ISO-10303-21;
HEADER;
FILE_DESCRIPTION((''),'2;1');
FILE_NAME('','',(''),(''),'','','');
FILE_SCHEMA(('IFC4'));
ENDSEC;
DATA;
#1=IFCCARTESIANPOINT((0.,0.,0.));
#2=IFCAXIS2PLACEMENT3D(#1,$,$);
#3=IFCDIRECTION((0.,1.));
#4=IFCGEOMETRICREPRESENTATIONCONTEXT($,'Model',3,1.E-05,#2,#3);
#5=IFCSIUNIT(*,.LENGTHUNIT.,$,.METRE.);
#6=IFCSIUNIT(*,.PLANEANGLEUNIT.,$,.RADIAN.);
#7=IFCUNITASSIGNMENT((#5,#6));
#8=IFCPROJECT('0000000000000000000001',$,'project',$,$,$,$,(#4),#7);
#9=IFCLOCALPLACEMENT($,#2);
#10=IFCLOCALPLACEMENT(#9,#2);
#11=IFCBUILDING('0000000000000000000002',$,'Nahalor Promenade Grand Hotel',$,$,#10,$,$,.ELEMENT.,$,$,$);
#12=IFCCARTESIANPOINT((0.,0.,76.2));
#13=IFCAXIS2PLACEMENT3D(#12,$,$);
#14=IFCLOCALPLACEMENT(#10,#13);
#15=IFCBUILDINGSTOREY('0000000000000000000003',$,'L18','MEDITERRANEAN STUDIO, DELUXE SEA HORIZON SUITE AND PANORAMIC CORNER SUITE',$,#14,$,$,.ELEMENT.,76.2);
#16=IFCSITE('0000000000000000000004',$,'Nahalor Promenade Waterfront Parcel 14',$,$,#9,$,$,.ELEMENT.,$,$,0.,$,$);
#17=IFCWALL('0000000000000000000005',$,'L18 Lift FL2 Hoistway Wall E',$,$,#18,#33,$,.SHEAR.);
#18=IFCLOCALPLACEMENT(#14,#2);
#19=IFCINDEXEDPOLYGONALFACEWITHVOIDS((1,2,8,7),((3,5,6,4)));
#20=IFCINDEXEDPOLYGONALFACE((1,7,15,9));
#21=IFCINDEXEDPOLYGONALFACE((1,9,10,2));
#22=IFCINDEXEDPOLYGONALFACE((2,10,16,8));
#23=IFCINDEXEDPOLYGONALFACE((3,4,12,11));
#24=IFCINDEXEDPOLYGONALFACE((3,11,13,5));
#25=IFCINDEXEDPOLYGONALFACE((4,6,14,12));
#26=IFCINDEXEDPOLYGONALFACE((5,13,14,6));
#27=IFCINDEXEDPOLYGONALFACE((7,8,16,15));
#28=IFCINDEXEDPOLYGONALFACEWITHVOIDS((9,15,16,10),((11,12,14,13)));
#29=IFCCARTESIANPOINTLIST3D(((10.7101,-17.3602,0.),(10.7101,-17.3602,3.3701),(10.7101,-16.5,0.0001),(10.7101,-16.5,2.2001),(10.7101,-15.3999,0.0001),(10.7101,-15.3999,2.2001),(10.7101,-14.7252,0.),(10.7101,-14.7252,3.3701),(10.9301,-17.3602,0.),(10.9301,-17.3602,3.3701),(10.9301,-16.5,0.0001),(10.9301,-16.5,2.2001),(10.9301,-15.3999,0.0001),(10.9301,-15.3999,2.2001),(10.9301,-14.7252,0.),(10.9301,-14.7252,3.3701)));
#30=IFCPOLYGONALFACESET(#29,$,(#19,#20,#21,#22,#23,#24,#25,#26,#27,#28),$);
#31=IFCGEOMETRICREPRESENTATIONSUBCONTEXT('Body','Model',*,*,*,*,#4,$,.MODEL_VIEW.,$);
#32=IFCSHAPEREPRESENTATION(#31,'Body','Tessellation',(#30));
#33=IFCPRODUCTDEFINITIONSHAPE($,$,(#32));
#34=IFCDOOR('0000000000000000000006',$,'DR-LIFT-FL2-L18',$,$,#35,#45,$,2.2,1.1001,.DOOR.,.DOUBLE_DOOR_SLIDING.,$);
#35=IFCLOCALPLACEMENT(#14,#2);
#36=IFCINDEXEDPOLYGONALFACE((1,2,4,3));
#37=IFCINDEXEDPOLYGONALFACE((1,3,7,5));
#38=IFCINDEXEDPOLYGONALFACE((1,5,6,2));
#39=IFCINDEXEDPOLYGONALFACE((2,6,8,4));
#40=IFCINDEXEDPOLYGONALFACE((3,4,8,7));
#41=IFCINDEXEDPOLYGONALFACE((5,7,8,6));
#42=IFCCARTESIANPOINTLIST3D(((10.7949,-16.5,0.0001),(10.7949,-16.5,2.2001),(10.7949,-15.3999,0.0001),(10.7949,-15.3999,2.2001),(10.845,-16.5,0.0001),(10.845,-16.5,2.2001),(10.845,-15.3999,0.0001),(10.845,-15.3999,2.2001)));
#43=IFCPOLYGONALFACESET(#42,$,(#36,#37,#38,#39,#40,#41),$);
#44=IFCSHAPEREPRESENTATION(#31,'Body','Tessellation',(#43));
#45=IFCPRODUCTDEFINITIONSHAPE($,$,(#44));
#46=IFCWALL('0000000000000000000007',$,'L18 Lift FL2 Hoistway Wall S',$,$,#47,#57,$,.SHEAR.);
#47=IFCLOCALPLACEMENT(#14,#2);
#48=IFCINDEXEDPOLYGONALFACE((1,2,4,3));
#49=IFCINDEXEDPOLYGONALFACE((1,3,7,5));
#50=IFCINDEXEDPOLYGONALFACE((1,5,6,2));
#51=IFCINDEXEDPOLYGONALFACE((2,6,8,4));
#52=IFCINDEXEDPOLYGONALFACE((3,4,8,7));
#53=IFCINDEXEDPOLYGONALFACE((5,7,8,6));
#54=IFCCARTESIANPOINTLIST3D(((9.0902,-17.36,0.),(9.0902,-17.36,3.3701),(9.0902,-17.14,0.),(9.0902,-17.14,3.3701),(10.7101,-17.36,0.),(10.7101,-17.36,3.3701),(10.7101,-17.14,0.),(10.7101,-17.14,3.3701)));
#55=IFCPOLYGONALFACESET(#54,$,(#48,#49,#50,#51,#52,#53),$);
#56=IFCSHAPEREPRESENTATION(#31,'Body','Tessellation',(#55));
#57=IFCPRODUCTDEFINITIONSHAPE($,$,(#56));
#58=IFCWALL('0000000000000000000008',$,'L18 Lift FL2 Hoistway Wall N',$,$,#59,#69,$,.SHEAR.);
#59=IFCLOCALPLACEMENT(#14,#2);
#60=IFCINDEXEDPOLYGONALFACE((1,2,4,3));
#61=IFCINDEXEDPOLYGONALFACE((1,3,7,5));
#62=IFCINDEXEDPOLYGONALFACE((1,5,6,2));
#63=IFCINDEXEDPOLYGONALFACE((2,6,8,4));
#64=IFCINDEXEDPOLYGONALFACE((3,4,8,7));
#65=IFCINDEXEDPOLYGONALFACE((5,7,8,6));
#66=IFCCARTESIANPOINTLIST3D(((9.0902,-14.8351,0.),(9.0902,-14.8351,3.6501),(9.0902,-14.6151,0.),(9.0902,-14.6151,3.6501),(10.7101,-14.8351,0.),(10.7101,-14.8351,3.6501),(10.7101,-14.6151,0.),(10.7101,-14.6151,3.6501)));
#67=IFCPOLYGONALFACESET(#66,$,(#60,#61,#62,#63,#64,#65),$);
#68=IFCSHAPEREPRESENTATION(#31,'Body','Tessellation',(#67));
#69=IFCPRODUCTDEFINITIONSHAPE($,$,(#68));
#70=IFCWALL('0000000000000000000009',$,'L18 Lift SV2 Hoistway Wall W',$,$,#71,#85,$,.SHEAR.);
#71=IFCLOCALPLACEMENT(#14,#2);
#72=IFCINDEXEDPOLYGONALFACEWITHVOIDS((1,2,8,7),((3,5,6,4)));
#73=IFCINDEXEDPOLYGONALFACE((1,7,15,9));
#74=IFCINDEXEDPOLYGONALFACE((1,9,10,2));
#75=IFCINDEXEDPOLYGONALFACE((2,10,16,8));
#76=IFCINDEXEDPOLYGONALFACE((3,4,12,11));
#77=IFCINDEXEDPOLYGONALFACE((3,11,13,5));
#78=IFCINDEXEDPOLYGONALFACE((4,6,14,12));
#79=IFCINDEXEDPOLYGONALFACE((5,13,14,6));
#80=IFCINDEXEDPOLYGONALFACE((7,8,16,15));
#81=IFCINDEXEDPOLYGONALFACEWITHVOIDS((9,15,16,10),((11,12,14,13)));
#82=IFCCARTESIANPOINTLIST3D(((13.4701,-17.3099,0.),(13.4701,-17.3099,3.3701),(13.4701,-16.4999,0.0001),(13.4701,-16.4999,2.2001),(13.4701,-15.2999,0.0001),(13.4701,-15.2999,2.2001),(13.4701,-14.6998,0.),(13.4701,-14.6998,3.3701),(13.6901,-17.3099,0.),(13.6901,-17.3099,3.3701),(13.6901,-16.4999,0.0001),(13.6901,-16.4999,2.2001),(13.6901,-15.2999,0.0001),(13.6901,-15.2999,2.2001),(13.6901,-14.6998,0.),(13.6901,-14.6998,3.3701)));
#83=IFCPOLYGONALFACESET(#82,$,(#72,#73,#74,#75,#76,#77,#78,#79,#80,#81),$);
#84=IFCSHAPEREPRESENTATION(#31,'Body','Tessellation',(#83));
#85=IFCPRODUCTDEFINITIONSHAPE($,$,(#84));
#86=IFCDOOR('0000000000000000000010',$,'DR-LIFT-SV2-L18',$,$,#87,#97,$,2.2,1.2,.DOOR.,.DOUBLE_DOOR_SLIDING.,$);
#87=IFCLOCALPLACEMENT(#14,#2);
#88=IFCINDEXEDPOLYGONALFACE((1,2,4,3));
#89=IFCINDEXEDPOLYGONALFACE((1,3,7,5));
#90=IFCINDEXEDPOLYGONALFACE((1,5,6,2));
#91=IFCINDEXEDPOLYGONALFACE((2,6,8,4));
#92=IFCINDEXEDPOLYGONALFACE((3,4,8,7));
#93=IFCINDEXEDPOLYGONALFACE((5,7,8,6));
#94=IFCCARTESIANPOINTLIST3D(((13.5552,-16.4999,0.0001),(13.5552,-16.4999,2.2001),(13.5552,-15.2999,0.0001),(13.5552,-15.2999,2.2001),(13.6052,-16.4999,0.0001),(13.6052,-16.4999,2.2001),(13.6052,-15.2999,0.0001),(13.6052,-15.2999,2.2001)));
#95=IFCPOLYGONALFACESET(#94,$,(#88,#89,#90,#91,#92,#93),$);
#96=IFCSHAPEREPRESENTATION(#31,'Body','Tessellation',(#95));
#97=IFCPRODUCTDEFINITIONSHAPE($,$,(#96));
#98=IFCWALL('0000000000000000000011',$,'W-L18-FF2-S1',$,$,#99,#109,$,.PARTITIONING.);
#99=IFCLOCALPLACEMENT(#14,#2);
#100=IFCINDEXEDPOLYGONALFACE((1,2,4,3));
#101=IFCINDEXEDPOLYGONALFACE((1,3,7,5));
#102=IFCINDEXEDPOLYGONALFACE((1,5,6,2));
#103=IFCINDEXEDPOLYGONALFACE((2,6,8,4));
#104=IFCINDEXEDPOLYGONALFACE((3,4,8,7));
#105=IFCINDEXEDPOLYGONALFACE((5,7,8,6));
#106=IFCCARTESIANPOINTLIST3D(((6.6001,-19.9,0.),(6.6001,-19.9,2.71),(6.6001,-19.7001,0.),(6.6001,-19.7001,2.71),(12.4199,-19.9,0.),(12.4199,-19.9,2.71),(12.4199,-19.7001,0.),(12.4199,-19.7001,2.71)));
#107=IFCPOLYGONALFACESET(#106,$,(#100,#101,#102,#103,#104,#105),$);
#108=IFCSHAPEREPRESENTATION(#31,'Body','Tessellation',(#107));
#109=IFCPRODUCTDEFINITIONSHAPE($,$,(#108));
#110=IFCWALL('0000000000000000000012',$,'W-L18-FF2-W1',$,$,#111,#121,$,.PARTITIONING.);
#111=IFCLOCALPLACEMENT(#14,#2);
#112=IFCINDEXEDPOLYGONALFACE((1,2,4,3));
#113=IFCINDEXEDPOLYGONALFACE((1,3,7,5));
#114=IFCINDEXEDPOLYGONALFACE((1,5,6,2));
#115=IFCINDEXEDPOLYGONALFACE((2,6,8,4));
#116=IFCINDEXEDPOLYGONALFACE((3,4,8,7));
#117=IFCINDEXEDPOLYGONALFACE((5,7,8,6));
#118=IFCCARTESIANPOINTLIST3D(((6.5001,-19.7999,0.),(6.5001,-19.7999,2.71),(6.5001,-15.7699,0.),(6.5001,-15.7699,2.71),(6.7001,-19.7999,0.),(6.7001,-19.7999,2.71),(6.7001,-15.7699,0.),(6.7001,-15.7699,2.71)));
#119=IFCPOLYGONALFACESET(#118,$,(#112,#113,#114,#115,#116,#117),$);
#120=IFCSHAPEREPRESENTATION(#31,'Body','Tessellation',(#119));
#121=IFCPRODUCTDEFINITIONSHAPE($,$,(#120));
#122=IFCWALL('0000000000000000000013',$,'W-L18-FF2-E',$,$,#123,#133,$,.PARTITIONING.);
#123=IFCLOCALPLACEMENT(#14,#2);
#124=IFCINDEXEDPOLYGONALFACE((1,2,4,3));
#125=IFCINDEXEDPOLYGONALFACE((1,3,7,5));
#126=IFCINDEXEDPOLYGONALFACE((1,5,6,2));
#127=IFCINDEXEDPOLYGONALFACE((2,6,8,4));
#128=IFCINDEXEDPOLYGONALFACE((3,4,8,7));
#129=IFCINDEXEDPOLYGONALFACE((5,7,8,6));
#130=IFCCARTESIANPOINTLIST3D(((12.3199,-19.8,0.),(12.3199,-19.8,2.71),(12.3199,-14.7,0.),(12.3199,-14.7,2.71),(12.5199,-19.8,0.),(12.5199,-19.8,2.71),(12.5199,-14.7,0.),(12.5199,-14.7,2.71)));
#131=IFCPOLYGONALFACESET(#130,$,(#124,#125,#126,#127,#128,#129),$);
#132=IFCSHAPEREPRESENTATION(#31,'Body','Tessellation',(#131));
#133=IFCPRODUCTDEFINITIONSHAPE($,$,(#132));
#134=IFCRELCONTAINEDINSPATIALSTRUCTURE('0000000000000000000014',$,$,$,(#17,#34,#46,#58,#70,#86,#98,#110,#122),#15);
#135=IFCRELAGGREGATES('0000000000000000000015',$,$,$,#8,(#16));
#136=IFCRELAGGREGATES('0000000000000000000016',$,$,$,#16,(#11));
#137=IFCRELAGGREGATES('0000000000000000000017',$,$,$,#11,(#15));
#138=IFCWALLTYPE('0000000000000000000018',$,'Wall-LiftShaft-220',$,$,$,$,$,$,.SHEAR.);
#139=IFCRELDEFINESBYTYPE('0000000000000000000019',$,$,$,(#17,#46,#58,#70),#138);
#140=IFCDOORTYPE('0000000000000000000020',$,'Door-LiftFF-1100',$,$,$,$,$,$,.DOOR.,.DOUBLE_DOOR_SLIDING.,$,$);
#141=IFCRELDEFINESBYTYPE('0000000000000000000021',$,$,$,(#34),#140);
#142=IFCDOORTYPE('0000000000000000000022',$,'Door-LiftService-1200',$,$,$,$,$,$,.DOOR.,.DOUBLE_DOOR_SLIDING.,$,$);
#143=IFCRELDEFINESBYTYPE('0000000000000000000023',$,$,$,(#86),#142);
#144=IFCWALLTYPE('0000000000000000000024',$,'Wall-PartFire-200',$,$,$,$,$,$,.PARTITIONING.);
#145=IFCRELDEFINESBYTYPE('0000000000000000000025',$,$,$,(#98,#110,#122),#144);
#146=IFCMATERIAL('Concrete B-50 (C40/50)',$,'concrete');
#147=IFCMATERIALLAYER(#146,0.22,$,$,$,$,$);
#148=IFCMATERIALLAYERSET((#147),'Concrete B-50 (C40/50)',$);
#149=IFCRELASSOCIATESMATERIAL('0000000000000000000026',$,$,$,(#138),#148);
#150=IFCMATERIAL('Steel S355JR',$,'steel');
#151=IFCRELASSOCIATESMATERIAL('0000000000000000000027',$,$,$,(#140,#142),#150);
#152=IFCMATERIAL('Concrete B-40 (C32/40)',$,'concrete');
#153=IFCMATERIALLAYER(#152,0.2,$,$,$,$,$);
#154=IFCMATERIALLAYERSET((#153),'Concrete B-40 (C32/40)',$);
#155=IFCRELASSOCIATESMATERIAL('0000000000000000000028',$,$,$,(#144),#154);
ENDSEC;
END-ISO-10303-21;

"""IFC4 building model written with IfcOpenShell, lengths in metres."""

from ifc_helpers import new_model, si_unit, direction, frame, frame_2d, origin, place, context, subcontext, project, spatial, rectangle, extrude, source, transform, mapped, material, layer, layer_set, type_object, element, fill, save


model = new_model("IFC4")

# Units and contexts
model_context = context("Model", 3, precision=1e-05, world=origin(), true_north=direction((0.0, 1.0)))
body_context = subcontext(model_context, "Body", "Model", "MODEL_VIEW")
ifc_project = project(units=[si_unit("LENGTHUNIT", "METRE"), si_unit("PLANEANGLEUNIT", "RADIAN")], contexts=[model_context])

# Site, building, storey
site_placement = place(None, origin())
site = spatial("IfcSite", under=ifc_project, at=site_placement, Name="Nahalor Promenade Waterfront Parcel 14", CompositionType="ELEMENT", RefElevation=0.0)
building_placement = place(site_placement, origin())
building = spatial("IfcBuilding", under=site, at=building_placement, Name="Nahalor Promenade Grand Hotel", CompositionType="ELEMENT")
storey_placement = place(building_placement, frame((0.0, 0.0, 76.2)))
storey = spatial("IfcBuildingStorey", under=building, at=storey_placement, Name="L18", Description="MEDITERRANEAN STUDIO, DELUXE SEA HORIZON SUITE AND PANORAMIC CORNER SUITE", CompositionType="ELEMENT", Elevation=76.2)

# Shared definitions
ifc_material_1 = material(Name="Steel S355JR", Category="steel")

# Shared definitions
ifc_material_2 = material(Name="Concrete B-50 (C40/50)", Category="concrete")

# Shared definitions
ifc_layer_1 = layer(ifc_material_2, 0.22)
ifc_layer_set_1 = layer_set([ifc_layer_1], Name="Concrete B-50 (C40/50)")
wall_type_1 = type_object("IfcWallType", Name="Wall-LiftShaft-220", PredefinedType="SHEAR", material=ifc_layer_set_1)
shared_shape_1 = source(origin(), body_context, "Body", "SweptSolid", [
    extrude(rectangle(XDim=2.635, YDim=0.22, at=frame_2d((1.3174, 0.0))), origin(), (0.0, 0.0, 1.0), 3.3701),
])

# Wall, opening, door
wall_1_placement = place(storey_placement, frame((10.8201, -17.3601, 0.0), z_axis=(0.0, 0.0, 1.0), x_axis=(0.0, 1.0, 0.0)))
wall_1 = element("IfcWall", 1, at=wall_1_placement, inside=storey, type_object=wall_type_1, Name="L18 Lift FL2 Hoistway Wall E", PredefinedType="SHEAR", context=body_context, shape_type="MappedRepresentation", body=[
    mapped(shared_shape_1, transform((0.0, 0.0, 0.0), scale=1.0)),
])
opening_1_placement = place(wall_1_placement, frame((0.8601, 0.0, 0.0)))
opening_1 = element("IfcOpeningElement", 2, at=opening_1_placement, cuts=wall_1, PredefinedType="OPENING", context=body_context, shape_type="SweptSolid", body=[
    extrude(rectangle(XDim=1.1001, YDim=2.2, at=frame_2d((0.55, 1.1001))), frame((0.0, 0.1199, 0.0), z_axis=(0.0, -1.0, 0.0), x_axis=(1.0, 0.0, 0.0)), (0.0, 0.0, 1.0), 0.24),
])
door_type_1 = type_object("IfcDoorType", Name="Door-LiftFF-1100", OperationType="DOUBLE_DOOR_SLIDING", PredefinedType="DOOR", material=ifc_material_1)
shared_shape_2 = source(origin(), body_context, "Body", "SweptSolid", [
    extrude(rectangle(XDim=1.1001, YDim=2.2, at=frame_2d((0.55, 1.1001))), frame((0.0, 0.0249, 0.0), z_axis=(0.0, -1.0, 0.0), x_axis=(1.0, 0.0, 0.0)), (0.0, 0.0, 1.0), 0.05),
])
door_1_placement = place(opening_1_placement, frame((1.1001, 0.0, 0.0), z_axis=(0.0, 0.0, 1.0), x_axis=(-1.0, 0.0, 0.0)))
door_1 = element("IfcDoor", 3, at=door_1_placement, inside=storey, type_object=door_type_1, Name="DR-LIFT-FL2-L18", OperationType="DOUBLE_DOOR_SLIDING", OverallHeight=2.2, OverallWidth=1.1001, PredefinedType="DOOR", context=body_context, shape_type="MappedRepresentation", body=[
    mapped(shared_shape_2, transform((0.0, 0.0, 0.0), scale=1.0)),
])
fill(opening_1, door_1)

# Walls
shared_shape_3 = source(origin(), body_context, "Body", "SweptSolid", [
    extrude(rectangle(XDim=1.6199, YDim=0.22, at=frame_2d((0.8101, 0.0))), origin(), (0.0, 0.0, 1.0), 3.3701),
])
wall_2_placement = place(storey_placement, frame((9.0901, -17.25, 0.0), z_axis=(0.0, 0.0, 1.0), x_axis=(1.0, 0.0, 0.0)))
element("IfcWall", 4, at=wall_2_placement, inside=storey, type_object=wall_type_1, Name="L18 Lift FL2 Hoistway Wall S", PredefinedType="SHEAR", context=body_context, shape_type="MappedRepresentation", body=[
    mapped(shared_shape_3, transform((0.0, 0.0, 0.0), scale=1.0)),
])
shared_shape_4 = source(origin(), body_context, "Body", "SweptSolid", [
    extrude(rectangle(XDim=1.6199, YDim=0.22, at=frame_2d((0.8101, 0.0))), origin(), (0.0, 0.0, 1.0), 3.6501),
])
wall_3_placement = place(storey_placement, frame((9.0901, -14.7251, 0.0), z_axis=(0.0, 0.0, 1.0), x_axis=(1.0, 0.0, 0.0)))
element("IfcWall", 5, at=wall_3_placement, inside=storey, type_object=wall_type_1, Name="L18 Lift FL2 Hoistway Wall N", PredefinedType="SHEAR", context=body_context, shape_type="MappedRepresentation", body=[
    mapped(shared_shape_4, transform((0.0, 0.0, 0.0), scale=1.0)),
])

# Wall, opening, door
shared_shape_5 = source(origin(), body_context, "Body", "SweptSolid", [
    extrude(rectangle(XDim=2.6101, YDim=0.22, at=frame_2d((1.3052, 0.0))), origin(), (0.0, 0.0, 1.0), 3.3701),
])
wall_4_placement = place(storey_placement, frame((13.5801, -17.3101, 0.0), z_axis=(0.0, 0.0, 1.0), x_axis=(0.0, 1.0, 0.0)))
wall_4 = element("IfcWall", 6, at=wall_4_placement, inside=storey, type_object=wall_type_1, Name="L18 Lift SV2 Hoistway Wall W", PredefinedType="SHEAR", context=body_context, shape_type="MappedRepresentation", body=[
    mapped(shared_shape_5, transform((0.0, 0.0, 0.0), scale=1.0)),
])
opening_2_placement = place(wall_4_placement, frame((0.8101, 0.0, 0.0)))
opening_2 = element("IfcOpeningElement", 7, at=opening_2_placement, cuts=wall_4, PredefinedType="OPENING", context=body_context, shape_type="SweptSolid", body=[
    extrude(rectangle(XDim=1.2, YDim=2.2, at=frame_2d((0.6001, 1.1001))), frame((0.0, 0.1199, 0.0), z_axis=(0.0, -1.0, 0.0), x_axis=(1.0, 0.0, 0.0)), (0.0, 0.0, 1.0), 0.24),
])
door_type_2 = type_object("IfcDoorType", Name="Door-LiftService-1200", OperationType="DOUBLE_DOOR_SLIDING", PredefinedType="DOOR", material=ifc_material_1)
shared_shape_6 = source(origin(), body_context, "Body", "SweptSolid", [
    extrude(rectangle(XDim=1.2, YDim=2.2, at=frame_2d((0.6001, 1.1001))), frame((0.0, 0.0249, 0.0), z_axis=(0.0, -1.0, 0.0), x_axis=(1.0, 0.0, 0.0)), (0.0, 0.0, 1.0), 0.05),
])
door_2_placement = place(opening_2_placement, origin())
door_2 = element("IfcDoor", 8, at=door_2_placement, inside=storey, type_object=door_type_2, Name="DR-LIFT-SV2-L18", OperationType="DOUBLE_DOOR_SLIDING", OverallHeight=2.2, OverallWidth=1.2, PredefinedType="DOOR", context=body_context, shape_type="MappedRepresentation", body=[
    mapped(shared_shape_6, transform((0.0, 0.0, 0.0), scale=1.0)),
])
fill(opening_2, door_2)

# Walls
ifc_material_3 = material(Name="Concrete B-40 (C32/40)", Category="concrete")
ifc_layer_2 = layer(ifc_material_3, 0.2)
ifc_layer_set_2 = layer_set([ifc_layer_2], Name="Concrete B-40 (C32/40)")
wall_type_2 = type_object("IfcWallType", Name="Wall-PartFire-200", PredefinedType="PARTITIONING", material=ifc_layer_set_2)
shared_shape_7 = source(origin(), body_context, "Body", "SweptSolid", [
    extrude(rectangle(XDim=5.8198, YDim=0.2, at=frame_2d((2.9099, 0.0))), origin(), (0.0, 0.0, 1.0), 2.71),
])
wall_5_placement = place(storey_placement, frame((6.6001, -19.8, 0.0), z_axis=(0.0, 0.0, 1.0), x_axis=(1.0, 0.0, 0.0)))
element("IfcWall", 9, at=wall_5_placement, inside=storey, type_object=wall_type_2, Name="W-L18-FF2-S1", PredefinedType="PARTITIONING", context=body_context, shape_type="MappedRepresentation", body=[
    mapped(shared_shape_7, transform((0.0, 0.0, 0.0), scale=1.0)),
])
shared_shape_8 = source(origin(), body_context, "Body", "SweptSolid", [
    extrude(rectangle(XDim=4.03, YDim=0.2, at=frame_2d((2.0151, 0.0))), origin(), (0.0, 0.0, 1.0), 2.71),
])
wall_6_placement = place(storey_placement, frame((6.6001, -19.8, 0.0), z_axis=(0.0, 0.0, 1.0), x_axis=(0.0, 1.0, 0.0)))
element("IfcWall", 10, at=wall_6_placement, inside=storey, type_object=wall_type_2, Name="W-L18-FF2-W1", PredefinedType="PARTITIONING", context=body_context, shape_type="MappedRepresentation", body=[
    mapped(shared_shape_8, transform((0.0, 0.0, 0.0), scale=1.0)),
])
shared_shape_9 = source(origin(), body_context, "Body", "SweptSolid", [
    extrude(rectangle(XDim=5.1001, YDim=0.2, at=frame_2d((2.55, 0.0))), origin(), (0.0, 0.0, 1.0), 2.71),
])
wall_7_placement = place(storey_placement, frame((12.4199, -19.8, 0.0), z_axis=(0.0, 0.0, 1.0), x_axis=(0.0, 1.0, 0.0)))
element("IfcWall", 11, at=wall_7_placement, inside=storey, type_object=wall_type_2, Name="W-L18-FF2-E", PredefinedType="PARTITIONING", context=body_context, shape_type="MappedRepresentation", body=[
    mapped(shared_shape_9, transform((0.0, 0.0, 0.0), scale=1.0)),
])

save(model, "model.ifc")
